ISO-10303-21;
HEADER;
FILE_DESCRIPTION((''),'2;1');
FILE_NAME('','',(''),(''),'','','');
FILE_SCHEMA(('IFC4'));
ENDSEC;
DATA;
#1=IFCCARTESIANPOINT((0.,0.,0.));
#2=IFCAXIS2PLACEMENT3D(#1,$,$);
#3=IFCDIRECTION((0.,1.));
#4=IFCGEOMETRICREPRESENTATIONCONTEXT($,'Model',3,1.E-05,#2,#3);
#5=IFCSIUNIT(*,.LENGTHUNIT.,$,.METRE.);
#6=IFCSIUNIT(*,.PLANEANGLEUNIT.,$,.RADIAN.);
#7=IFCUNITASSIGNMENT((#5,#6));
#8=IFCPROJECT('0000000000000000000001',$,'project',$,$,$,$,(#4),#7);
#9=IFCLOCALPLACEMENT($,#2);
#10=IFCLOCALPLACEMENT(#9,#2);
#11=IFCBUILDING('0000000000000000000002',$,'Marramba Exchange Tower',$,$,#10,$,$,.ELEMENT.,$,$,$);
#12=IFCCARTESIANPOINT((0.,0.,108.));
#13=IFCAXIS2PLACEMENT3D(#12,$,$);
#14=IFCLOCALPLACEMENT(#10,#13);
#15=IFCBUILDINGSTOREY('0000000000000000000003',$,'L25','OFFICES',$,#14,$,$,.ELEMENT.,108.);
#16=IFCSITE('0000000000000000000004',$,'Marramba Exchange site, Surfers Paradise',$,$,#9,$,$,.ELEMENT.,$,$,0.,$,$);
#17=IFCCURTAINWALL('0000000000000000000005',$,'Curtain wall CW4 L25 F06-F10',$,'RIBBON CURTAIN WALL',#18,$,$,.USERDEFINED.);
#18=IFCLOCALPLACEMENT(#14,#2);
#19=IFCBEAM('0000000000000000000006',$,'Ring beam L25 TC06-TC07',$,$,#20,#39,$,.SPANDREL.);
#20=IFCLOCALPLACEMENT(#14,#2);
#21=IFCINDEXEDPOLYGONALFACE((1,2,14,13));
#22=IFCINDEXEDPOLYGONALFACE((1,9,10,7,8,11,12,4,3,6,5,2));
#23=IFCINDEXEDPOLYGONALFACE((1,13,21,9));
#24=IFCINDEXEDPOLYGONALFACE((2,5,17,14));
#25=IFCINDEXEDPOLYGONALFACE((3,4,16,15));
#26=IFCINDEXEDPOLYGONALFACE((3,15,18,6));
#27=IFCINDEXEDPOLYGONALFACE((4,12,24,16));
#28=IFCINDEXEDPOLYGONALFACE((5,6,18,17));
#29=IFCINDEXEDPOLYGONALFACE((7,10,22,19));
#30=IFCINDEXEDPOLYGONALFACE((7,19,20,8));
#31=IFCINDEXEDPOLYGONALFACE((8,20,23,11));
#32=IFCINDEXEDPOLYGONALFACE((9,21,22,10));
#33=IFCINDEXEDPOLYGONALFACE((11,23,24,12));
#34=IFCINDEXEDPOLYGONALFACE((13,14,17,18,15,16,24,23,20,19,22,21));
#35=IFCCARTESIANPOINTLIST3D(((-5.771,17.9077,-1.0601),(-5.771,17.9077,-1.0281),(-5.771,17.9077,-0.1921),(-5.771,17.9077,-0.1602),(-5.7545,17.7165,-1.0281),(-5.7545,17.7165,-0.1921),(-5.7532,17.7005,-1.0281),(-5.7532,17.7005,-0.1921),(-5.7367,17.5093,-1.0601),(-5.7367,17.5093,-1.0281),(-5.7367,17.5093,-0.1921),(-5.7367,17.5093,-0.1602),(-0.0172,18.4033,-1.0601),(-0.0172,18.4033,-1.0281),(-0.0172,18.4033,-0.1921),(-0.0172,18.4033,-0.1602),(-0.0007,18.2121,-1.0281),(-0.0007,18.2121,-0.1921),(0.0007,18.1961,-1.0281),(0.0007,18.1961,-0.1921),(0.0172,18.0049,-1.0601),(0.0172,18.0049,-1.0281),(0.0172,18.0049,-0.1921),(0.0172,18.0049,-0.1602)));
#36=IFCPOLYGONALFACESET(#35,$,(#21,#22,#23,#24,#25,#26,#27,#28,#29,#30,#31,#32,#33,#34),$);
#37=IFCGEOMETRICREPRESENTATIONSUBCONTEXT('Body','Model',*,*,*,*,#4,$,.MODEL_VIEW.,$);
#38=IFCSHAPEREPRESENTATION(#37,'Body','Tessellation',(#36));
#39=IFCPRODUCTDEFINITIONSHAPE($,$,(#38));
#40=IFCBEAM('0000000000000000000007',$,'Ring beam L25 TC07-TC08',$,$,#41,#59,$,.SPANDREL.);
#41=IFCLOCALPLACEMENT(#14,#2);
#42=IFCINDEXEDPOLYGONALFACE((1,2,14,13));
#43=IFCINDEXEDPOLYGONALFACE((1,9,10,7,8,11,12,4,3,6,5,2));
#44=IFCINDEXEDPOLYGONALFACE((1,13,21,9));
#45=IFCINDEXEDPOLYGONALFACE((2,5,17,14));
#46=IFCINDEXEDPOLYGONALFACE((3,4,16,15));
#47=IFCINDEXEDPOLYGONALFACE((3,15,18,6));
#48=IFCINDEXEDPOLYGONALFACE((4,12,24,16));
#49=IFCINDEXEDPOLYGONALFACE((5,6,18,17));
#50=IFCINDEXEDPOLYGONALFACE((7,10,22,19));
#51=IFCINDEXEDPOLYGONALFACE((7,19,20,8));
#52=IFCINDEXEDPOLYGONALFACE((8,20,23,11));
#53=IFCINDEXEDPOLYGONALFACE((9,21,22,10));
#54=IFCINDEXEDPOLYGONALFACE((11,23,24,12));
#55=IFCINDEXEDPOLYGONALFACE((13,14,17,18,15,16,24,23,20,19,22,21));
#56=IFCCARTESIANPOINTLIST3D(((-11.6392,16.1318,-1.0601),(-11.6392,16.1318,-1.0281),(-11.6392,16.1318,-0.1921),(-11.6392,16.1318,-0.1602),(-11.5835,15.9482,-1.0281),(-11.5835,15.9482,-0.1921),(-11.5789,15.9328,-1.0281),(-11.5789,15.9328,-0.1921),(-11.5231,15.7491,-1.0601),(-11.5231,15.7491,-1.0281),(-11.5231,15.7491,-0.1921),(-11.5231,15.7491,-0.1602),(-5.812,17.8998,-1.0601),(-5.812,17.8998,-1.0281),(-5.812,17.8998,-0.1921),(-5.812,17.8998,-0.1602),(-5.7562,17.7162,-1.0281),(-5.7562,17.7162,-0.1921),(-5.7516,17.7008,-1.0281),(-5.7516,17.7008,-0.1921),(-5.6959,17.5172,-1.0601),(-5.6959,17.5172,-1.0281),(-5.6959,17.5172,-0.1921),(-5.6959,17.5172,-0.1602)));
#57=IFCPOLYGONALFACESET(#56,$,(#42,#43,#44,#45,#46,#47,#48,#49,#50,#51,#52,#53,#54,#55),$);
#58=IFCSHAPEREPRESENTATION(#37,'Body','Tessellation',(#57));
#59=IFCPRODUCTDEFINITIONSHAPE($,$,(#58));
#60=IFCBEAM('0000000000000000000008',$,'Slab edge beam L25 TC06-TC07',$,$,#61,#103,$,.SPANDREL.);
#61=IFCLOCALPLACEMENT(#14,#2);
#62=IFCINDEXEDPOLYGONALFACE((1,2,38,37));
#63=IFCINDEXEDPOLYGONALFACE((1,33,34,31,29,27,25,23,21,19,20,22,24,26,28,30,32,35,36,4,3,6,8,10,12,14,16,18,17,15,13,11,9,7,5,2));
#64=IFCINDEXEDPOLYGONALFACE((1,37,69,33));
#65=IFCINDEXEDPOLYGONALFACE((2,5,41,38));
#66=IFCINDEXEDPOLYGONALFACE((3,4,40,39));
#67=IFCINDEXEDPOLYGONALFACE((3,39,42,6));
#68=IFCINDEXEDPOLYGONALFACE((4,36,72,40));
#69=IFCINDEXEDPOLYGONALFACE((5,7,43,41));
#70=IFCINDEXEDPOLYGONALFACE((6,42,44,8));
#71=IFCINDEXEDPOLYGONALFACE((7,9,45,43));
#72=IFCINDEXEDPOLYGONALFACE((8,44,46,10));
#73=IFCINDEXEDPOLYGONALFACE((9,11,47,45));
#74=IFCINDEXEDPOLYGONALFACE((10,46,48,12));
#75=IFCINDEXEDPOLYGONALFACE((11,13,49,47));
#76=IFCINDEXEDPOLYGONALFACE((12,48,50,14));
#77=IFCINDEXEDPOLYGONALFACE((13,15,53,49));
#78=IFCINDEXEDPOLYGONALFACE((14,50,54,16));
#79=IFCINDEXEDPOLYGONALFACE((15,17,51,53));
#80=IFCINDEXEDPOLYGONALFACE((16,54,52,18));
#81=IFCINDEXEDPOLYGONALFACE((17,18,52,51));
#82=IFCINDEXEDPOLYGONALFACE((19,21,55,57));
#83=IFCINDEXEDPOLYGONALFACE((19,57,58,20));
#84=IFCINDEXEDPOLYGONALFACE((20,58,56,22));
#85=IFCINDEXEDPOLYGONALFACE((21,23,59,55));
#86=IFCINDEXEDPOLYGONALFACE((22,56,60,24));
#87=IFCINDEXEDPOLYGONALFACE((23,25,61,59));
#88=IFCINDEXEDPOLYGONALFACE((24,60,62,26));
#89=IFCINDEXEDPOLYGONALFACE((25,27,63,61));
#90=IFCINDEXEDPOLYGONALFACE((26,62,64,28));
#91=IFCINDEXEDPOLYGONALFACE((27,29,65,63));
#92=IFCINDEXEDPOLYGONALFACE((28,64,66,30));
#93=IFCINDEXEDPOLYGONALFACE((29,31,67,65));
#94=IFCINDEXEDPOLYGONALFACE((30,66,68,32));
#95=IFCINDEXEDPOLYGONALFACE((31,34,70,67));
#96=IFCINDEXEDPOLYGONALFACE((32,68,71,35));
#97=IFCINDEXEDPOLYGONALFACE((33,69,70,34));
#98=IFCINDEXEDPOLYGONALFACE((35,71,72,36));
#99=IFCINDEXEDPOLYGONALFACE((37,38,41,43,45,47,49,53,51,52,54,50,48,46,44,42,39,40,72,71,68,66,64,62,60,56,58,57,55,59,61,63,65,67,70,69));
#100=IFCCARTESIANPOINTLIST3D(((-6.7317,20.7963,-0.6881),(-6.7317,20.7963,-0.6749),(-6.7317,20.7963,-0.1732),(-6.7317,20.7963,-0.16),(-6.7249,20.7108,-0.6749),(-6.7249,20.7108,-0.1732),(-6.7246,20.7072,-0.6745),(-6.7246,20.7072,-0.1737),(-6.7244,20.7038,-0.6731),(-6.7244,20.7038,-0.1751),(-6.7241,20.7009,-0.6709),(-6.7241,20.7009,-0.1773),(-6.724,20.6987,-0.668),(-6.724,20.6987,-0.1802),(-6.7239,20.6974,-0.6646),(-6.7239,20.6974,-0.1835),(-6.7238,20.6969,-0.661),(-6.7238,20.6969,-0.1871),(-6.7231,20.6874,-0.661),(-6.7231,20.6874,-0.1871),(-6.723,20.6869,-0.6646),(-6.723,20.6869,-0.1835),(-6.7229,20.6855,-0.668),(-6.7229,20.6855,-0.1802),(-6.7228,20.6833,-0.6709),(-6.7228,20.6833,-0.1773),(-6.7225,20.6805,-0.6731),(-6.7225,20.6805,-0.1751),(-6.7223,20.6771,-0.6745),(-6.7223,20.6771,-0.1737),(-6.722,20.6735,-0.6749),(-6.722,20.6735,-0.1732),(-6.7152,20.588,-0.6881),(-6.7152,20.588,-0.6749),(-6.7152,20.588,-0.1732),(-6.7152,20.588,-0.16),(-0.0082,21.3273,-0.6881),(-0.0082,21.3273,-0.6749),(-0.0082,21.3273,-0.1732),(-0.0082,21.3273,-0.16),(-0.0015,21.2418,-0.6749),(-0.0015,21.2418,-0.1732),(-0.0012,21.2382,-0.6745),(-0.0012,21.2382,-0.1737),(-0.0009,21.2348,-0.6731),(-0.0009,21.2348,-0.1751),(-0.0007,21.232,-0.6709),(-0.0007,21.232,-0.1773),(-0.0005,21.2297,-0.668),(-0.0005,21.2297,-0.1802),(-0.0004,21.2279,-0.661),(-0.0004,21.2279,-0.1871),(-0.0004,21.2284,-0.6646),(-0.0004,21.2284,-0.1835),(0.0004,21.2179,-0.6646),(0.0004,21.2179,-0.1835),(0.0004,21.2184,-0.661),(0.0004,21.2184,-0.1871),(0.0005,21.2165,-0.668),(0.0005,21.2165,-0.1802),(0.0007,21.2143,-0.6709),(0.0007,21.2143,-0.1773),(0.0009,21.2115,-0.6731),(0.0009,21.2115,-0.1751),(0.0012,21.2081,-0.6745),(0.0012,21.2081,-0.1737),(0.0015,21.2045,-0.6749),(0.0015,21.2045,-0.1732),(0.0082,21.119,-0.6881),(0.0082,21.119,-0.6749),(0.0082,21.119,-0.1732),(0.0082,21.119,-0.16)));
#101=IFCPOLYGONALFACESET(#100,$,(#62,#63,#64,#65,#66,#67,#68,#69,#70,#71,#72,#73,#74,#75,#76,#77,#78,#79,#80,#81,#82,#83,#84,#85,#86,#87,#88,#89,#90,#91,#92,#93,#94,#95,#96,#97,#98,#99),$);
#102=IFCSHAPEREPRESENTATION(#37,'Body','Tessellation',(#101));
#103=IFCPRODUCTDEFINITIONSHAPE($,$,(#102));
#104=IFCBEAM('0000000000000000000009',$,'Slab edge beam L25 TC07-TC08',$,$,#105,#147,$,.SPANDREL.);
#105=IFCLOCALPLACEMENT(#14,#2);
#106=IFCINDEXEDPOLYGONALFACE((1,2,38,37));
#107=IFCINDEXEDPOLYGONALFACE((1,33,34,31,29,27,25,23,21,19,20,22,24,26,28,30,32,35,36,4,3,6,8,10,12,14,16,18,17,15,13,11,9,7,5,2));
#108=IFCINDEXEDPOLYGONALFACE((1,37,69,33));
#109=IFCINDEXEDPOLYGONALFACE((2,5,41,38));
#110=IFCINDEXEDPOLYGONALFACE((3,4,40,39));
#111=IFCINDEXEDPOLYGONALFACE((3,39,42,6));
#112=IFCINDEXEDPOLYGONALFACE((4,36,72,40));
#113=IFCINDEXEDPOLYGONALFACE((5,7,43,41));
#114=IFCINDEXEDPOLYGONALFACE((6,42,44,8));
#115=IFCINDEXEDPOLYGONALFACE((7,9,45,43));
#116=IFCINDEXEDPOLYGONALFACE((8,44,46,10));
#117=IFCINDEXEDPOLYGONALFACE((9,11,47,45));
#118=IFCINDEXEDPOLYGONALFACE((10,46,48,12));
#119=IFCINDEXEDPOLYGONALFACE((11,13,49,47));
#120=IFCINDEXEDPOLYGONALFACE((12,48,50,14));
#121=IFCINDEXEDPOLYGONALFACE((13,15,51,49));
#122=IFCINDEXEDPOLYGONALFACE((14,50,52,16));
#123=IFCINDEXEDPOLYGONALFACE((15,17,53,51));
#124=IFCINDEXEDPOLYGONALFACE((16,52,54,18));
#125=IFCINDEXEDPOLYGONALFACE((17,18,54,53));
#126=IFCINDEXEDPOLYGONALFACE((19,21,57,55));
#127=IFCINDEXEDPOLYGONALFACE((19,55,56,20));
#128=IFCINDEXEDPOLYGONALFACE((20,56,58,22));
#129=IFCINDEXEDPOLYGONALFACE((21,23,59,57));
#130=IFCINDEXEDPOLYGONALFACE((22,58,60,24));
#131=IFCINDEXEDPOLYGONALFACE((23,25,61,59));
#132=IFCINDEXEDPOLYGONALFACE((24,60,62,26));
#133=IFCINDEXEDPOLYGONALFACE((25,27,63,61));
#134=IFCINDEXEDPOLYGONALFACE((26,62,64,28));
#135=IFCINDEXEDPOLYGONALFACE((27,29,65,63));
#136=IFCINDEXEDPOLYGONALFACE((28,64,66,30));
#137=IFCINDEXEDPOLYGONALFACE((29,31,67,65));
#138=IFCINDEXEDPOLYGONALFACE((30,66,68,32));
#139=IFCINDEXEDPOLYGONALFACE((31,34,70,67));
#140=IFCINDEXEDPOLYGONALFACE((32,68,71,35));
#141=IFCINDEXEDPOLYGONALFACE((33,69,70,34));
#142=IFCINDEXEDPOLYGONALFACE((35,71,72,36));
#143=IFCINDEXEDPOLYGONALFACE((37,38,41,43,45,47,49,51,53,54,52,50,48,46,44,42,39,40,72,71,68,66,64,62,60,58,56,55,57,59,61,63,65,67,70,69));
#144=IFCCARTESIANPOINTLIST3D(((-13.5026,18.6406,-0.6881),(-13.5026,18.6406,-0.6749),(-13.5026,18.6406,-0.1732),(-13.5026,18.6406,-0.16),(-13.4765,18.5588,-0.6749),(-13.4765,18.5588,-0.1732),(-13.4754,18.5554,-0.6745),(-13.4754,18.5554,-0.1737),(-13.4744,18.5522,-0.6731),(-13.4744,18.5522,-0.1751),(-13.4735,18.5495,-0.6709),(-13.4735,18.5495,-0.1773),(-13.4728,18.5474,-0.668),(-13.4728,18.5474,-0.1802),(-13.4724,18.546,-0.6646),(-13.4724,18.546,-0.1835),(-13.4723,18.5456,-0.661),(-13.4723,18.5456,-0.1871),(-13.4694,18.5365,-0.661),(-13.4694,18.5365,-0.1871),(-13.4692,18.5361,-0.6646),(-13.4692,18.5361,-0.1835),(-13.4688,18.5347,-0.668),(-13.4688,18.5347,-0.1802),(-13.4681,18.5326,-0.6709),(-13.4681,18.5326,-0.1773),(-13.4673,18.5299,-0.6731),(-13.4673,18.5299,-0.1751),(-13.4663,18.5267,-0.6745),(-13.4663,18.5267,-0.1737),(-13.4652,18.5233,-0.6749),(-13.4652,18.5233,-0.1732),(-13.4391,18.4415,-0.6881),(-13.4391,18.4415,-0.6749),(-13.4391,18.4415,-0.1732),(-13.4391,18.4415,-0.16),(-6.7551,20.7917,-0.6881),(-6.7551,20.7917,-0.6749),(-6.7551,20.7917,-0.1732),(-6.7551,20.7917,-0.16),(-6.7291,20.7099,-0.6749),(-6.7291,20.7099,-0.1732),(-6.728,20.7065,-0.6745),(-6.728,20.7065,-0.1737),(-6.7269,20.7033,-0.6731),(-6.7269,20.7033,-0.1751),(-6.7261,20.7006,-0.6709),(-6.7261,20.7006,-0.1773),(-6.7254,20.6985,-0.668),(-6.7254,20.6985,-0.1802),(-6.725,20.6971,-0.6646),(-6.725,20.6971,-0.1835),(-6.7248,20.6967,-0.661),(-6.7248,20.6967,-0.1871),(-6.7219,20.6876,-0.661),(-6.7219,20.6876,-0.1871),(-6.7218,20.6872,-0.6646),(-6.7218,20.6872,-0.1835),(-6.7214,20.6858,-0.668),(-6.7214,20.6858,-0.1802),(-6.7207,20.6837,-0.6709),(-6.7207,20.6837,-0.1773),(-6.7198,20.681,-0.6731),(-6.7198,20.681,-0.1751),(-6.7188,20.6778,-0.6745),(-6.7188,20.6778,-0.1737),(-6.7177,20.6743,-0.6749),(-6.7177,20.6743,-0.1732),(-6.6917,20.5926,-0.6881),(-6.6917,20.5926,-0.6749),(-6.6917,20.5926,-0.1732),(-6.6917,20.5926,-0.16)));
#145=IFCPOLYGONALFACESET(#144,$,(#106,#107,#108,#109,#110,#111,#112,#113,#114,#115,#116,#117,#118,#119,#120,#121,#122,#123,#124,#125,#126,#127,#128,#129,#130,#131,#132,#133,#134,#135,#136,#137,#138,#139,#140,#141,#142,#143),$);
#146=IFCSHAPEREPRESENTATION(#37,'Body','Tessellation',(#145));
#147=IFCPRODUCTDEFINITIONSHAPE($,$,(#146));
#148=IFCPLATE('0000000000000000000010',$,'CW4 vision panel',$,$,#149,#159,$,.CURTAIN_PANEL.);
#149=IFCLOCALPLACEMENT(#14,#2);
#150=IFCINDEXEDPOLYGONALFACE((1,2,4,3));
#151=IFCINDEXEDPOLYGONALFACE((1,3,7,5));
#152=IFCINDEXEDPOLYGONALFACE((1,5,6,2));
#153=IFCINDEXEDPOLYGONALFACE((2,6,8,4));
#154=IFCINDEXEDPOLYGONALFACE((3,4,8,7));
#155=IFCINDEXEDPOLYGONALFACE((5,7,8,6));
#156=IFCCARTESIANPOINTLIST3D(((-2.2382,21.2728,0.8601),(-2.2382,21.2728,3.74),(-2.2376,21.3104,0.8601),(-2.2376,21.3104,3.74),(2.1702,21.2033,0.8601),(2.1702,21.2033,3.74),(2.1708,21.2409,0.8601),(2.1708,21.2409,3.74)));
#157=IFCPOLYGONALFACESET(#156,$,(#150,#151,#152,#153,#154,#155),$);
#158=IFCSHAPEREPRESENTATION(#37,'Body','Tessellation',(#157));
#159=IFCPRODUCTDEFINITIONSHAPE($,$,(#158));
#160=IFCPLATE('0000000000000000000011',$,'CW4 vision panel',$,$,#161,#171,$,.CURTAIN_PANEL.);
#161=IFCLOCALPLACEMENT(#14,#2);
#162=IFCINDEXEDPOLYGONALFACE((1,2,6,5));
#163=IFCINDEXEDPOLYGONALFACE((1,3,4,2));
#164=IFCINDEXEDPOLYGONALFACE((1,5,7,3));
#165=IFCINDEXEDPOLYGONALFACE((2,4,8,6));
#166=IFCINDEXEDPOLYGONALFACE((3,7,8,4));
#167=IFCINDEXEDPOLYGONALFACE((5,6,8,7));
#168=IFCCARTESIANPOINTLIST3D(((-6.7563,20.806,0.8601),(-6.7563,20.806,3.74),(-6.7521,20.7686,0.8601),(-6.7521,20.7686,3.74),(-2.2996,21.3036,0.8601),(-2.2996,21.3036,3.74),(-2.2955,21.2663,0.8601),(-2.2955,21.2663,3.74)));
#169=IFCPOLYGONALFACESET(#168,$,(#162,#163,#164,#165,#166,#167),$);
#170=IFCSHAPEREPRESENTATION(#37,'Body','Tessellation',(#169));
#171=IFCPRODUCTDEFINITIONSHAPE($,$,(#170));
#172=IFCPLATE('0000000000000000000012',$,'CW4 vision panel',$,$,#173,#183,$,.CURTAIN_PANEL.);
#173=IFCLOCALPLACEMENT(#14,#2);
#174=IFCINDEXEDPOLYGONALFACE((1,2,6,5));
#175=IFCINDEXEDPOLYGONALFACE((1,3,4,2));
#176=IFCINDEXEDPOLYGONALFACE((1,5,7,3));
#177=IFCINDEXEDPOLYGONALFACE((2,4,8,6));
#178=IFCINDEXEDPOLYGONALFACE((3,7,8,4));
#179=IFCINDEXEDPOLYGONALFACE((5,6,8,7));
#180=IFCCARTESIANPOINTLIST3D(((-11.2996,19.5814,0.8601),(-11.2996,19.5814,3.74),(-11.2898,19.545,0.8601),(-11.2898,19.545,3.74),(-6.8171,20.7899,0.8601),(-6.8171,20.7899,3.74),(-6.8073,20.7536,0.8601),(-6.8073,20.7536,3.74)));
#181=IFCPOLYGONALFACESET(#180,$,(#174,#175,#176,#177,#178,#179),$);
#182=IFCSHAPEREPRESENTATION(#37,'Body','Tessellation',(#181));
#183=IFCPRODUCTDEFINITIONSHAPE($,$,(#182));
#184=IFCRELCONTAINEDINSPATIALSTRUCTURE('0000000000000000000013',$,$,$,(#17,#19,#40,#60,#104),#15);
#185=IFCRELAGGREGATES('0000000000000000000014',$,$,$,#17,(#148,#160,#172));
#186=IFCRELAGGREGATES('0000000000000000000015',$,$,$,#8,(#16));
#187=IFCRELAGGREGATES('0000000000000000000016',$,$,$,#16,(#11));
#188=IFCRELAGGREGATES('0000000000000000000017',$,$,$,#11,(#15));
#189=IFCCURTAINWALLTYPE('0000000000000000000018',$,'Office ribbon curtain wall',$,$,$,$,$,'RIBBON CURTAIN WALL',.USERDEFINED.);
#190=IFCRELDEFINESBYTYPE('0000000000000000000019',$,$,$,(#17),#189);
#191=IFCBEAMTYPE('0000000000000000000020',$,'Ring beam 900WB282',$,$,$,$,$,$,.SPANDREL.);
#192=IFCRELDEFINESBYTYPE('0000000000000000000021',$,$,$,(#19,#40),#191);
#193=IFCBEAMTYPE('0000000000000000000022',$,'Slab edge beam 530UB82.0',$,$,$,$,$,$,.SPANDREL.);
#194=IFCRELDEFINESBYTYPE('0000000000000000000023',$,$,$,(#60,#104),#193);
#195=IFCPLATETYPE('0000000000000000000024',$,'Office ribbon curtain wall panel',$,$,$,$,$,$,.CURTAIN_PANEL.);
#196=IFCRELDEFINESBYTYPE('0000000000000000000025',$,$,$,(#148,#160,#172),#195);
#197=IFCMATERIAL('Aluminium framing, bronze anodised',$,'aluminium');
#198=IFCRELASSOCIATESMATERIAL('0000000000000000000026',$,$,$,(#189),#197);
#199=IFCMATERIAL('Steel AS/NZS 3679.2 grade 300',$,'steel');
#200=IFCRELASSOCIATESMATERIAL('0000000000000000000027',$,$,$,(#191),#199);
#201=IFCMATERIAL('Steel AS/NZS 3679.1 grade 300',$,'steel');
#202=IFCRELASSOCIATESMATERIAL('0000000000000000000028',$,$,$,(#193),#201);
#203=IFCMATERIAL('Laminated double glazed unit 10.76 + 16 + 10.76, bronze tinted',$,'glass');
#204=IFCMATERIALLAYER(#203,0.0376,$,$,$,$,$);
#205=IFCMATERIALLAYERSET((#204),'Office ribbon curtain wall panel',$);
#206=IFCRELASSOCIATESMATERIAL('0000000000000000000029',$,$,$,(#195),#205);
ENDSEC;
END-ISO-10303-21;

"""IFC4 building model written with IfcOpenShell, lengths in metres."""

from ifc_helpers import new_model, si_unit, direction, frame, origin, origin_2d, place, context, subcontext, project, spatial, rectangle, i_section, extrude, material, layer, layer_set, material_profile, profile_set, type_object, element, aggregate, save


model = new_model("IFC4")

# Units and contexts
model_context = context("Model", 3, precision=1e-05, world=origin(), true_north=direction((0.0, 1.0)))
body_context = subcontext(model_context, "Body", "Model", "MODEL_VIEW")
ifc_project = project(units=[si_unit("LENGTHUNIT", "METRE"), si_unit("PLANEANGLEUNIT", "RADIAN")], contexts=[model_context])

# Site, building, storey
site_placement = place(None, origin())
site = spatial("IfcSite", under=ifc_project, at=site_placement, Name="Marramba Exchange site, Surfers Paradise", CompositionType="ELEMENT", RefElevation=0.0)
building_placement = place(site_placement, origin())
building = spatial("IfcBuilding", under=site, at=building_placement, Name="Marramba Exchange Tower", CompositionType="ELEMENT")
storey_placement = place(building_placement, frame((0.0, 0.0, 108.0)))
storey = spatial("IfcBuildingStorey", under=building, at=storey_placement, Name="L25", Description="OFFICES", CompositionType="ELEMENT", Elevation=108.0)

# Shared definitions
ifc_material_1 = material(Name="Steel AS/NZS 3679.2 grade 300", Category="steel")

# Curtain wall
ifc_material_2 = material(Name="Aluminium framing, bronze anodised", Category="aluminium")
curtain_wall_type = type_object("IfcCurtainWallType", Name="Office ribbon curtain wall", ElementType="RIBBON CURTAIN WALL", PredefinedType="USERDEFINED", material=ifc_material_2)
curtain_wall_1_placement = place(storey_placement, origin())
curtain_wall_1 = element("IfcCurtainWall", 1, at=curtain_wall_1_placement, inside=storey, type_object=curtain_wall_type, Name="Curtain wall CW4 L25 F06-F10", ObjectType="RIBBON CURTAIN WALL", PredefinedType="USERDEFINED")

# Beams
ifc_material_profile_1 = material_profile(ifc_material_1, i_section(OverallWidth=0.3999, OverallDepth=0.8999, WebThickness=0.0161, FlangeThickness=0.032, at=origin_2d()), Name="900WB282")
ifc_profile_set_1 = profile_set([ifc_material_profile_1], Name="Steel AS/NZS 3679.2 grade 300")
beam_type_1 = type_object("IfcBeamType", Name="Ring beam 900WB282", PredefinedType="SPANDREL", material=ifc_profile_set_1)
beam_1_placement = place(storey_placement, frame((0.0, 18.2041, -0.6101), z_axis=(-0.996311, -0.085816, 0.0), x_axis=(0.085816, -0.996311, 0.0)))
element("IfcBeam", 2, at=beam_1_placement, inside=storey, type_object=beam_type_1, Name="Ring beam L25 TC06-TC07", PredefinedType="SPANDREL", context=body_context, shape_type="SweptSolid", body=[
    extrude(i_section(OverallWidth=0.3999, OverallDepth=0.8999, WebThickness=0.0161, FlangeThickness=0.032, at=origin_2d()), origin(), (0.0, 0.0, 1.0), 5.7751),
])
beam_2_placement = place(storey_placement, frame((-5.7539, 17.7085, -0.6101), z_axis=(-0.956925, -0.290337, 0.0), x_axis=(0.290337, -0.956925, 0.0)))
element("IfcBeam", 3, at=beam_2_placement, inside=storey, type_object=beam_type_1, Name="Ring beam L25 TC07-TC08", PredefinedType="SPANDREL", context=body_context, shape_type="SweptSolid", body=[
    extrude(i_section(OverallWidth=0.3999, OverallDepth=0.8999, WebThickness=0.0161, FlangeThickness=0.032, at=origin_2d()), origin(), (0.0, 0.0, 1.0), 6.0896),
])
ifc_material_3 = material(Name="Steel AS/NZS 3679.1 grade 300", Category="steel")
ifc_material_profile_2 = material_profile(ifc_material_3, i_section(OverallWidth=0.209, OverallDepth=0.5281, WebThickness=0.0095, FlangeThickness=0.0132, FilletRadius=0.0139, at=origin_2d()), Name="530UB82.0")
ifc_profile_set_2 = profile_set([ifc_material_profile_2], Name="Steel AS/NZS 3679.1 grade 300")
beam_type_2 = type_object("IfcBeamType", Name="Slab edge beam 530UB82.0", PredefinedType="SPANDREL", material=ifc_profile_set_2)
beam_3_placement = place(storey_placement, frame((0.0, 21.2231, -0.4241), z_axis=(-0.996896, -0.078734, 0.0), x_axis=(0.078734, -0.996896, 0.0)))
element("IfcBeam", 4, at=beam_3_placement, inside=storey, type_object=beam_type_2, Name="Slab edge beam L25 TC06-TC07", PredefinedType="SPANDREL", context=body_context, shape_type="SweptSolid", body=[
    extrude(i_section(OverallWidth=0.209, OverallDepth=0.5281, WebThickness=0.0095, FlangeThickness=0.0132, FilletRadius=0.0139, at=origin_2d()), origin(), (0.0, 0.0, 1.0), 6.7444),
])
beam_4_placement = place(storey_placement, frame((-6.7234, 20.6921, -0.4241), z_axis=(-0.952755, -0.303739, 0.0), x_axis=(0.303739, -0.952755, 0.0)))
element("IfcBeam", 5, at=beam_4_placement, inside=storey, type_object=beam_type_2, Name="Slab edge beam L25 TC07-TC08", PredefinedType="SPANDREL", context=body_context, shape_type="SweptSolid", body=[
    extrude(i_section(OverallWidth=0.209, OverallDepth=0.5281, WebThickness=0.0095, FlangeThickness=0.0132, FilletRadius=0.0139, at=origin_2d()), origin(), (0.0, 0.0, 1.0), 7.082),
])

# Plates
ifc_material_4 = material(Name="Laminated double glazed unit 10.76 + 16 + 10.76, bronze tinted", Category="glass")
ifc_layer_1 = layer(ifc_material_4, 0.0376)
ifc_layer_set_1 = layer_set([ifc_layer_1], Name="Office ribbon curtain wall panel")
plate_type = type_object("IfcPlateType", Name="Office ribbon curtain wall panel", PredefinedType="CURTAIN_PANEL", material=ifc_layer_set_1)
plate_1_placement = place(storey_placement, frame((-0.0337, 21.2568, 0.8601), z_axis=(0.0, 0.0, 1.0), x_axis=(-0.999876, 0.015756, 0.0)))
plate_1 = element("IfcPlate", 6, at=plate_1_placement, type_object=plate_type, Name="CW4 vision panel", PredefinedType="CURTAIN_PANEL", context=body_context, shape_type="SweptSolid", body=[
    extrude(rectangle(XDim=4.4089, YDim=0.0376, at=origin_2d()), origin(), (0.0, 0.0, 1.0), 2.8799),
])
plate_2_placement = place(storey_placement, frame((-4.5259, 21.0361, 0.8601), z_axis=(0.0, 0.0, 1.0), x_axis=(-0.993823, -0.110973, 0.0)))
plate_2 = element("IfcPlate", 7, at=plate_2_placement, type_object=plate_type, Name="CW4 vision panel", PredefinedType="CURTAIN_PANEL", context=body_context, shape_type="SweptSolid", body=[
    extrude(rectangle(XDim=4.4844, YDim=0.0376, at=origin_2d()), origin(), (0.0, 0.0, 1.0), 2.8799),
])
plate_3_placement = place(storey_placement, frame((-9.0535, 20.1675, 0.8601), z_axis=(0.0, 0.0, 1.0), x_axis=(-0.965522, -0.260321, 0.0)))
plate_3 = element("IfcPlate", 8, at=plate_3_placement, type_object=plate_type, Name="CW4 vision panel", PredefinedType="CURTAIN_PANEL", context=body_context, shape_type="SweptSolid", body=[
    extrude(rectangle(XDim=4.6426, YDim=0.0376, at=origin_2d()), origin(), (0.0, 0.0, 1.0), 2.8799),
])
aggregate(curtain_wall_1, [plate_1, plate_2, plate_3])

save(model, "model.ifc")
